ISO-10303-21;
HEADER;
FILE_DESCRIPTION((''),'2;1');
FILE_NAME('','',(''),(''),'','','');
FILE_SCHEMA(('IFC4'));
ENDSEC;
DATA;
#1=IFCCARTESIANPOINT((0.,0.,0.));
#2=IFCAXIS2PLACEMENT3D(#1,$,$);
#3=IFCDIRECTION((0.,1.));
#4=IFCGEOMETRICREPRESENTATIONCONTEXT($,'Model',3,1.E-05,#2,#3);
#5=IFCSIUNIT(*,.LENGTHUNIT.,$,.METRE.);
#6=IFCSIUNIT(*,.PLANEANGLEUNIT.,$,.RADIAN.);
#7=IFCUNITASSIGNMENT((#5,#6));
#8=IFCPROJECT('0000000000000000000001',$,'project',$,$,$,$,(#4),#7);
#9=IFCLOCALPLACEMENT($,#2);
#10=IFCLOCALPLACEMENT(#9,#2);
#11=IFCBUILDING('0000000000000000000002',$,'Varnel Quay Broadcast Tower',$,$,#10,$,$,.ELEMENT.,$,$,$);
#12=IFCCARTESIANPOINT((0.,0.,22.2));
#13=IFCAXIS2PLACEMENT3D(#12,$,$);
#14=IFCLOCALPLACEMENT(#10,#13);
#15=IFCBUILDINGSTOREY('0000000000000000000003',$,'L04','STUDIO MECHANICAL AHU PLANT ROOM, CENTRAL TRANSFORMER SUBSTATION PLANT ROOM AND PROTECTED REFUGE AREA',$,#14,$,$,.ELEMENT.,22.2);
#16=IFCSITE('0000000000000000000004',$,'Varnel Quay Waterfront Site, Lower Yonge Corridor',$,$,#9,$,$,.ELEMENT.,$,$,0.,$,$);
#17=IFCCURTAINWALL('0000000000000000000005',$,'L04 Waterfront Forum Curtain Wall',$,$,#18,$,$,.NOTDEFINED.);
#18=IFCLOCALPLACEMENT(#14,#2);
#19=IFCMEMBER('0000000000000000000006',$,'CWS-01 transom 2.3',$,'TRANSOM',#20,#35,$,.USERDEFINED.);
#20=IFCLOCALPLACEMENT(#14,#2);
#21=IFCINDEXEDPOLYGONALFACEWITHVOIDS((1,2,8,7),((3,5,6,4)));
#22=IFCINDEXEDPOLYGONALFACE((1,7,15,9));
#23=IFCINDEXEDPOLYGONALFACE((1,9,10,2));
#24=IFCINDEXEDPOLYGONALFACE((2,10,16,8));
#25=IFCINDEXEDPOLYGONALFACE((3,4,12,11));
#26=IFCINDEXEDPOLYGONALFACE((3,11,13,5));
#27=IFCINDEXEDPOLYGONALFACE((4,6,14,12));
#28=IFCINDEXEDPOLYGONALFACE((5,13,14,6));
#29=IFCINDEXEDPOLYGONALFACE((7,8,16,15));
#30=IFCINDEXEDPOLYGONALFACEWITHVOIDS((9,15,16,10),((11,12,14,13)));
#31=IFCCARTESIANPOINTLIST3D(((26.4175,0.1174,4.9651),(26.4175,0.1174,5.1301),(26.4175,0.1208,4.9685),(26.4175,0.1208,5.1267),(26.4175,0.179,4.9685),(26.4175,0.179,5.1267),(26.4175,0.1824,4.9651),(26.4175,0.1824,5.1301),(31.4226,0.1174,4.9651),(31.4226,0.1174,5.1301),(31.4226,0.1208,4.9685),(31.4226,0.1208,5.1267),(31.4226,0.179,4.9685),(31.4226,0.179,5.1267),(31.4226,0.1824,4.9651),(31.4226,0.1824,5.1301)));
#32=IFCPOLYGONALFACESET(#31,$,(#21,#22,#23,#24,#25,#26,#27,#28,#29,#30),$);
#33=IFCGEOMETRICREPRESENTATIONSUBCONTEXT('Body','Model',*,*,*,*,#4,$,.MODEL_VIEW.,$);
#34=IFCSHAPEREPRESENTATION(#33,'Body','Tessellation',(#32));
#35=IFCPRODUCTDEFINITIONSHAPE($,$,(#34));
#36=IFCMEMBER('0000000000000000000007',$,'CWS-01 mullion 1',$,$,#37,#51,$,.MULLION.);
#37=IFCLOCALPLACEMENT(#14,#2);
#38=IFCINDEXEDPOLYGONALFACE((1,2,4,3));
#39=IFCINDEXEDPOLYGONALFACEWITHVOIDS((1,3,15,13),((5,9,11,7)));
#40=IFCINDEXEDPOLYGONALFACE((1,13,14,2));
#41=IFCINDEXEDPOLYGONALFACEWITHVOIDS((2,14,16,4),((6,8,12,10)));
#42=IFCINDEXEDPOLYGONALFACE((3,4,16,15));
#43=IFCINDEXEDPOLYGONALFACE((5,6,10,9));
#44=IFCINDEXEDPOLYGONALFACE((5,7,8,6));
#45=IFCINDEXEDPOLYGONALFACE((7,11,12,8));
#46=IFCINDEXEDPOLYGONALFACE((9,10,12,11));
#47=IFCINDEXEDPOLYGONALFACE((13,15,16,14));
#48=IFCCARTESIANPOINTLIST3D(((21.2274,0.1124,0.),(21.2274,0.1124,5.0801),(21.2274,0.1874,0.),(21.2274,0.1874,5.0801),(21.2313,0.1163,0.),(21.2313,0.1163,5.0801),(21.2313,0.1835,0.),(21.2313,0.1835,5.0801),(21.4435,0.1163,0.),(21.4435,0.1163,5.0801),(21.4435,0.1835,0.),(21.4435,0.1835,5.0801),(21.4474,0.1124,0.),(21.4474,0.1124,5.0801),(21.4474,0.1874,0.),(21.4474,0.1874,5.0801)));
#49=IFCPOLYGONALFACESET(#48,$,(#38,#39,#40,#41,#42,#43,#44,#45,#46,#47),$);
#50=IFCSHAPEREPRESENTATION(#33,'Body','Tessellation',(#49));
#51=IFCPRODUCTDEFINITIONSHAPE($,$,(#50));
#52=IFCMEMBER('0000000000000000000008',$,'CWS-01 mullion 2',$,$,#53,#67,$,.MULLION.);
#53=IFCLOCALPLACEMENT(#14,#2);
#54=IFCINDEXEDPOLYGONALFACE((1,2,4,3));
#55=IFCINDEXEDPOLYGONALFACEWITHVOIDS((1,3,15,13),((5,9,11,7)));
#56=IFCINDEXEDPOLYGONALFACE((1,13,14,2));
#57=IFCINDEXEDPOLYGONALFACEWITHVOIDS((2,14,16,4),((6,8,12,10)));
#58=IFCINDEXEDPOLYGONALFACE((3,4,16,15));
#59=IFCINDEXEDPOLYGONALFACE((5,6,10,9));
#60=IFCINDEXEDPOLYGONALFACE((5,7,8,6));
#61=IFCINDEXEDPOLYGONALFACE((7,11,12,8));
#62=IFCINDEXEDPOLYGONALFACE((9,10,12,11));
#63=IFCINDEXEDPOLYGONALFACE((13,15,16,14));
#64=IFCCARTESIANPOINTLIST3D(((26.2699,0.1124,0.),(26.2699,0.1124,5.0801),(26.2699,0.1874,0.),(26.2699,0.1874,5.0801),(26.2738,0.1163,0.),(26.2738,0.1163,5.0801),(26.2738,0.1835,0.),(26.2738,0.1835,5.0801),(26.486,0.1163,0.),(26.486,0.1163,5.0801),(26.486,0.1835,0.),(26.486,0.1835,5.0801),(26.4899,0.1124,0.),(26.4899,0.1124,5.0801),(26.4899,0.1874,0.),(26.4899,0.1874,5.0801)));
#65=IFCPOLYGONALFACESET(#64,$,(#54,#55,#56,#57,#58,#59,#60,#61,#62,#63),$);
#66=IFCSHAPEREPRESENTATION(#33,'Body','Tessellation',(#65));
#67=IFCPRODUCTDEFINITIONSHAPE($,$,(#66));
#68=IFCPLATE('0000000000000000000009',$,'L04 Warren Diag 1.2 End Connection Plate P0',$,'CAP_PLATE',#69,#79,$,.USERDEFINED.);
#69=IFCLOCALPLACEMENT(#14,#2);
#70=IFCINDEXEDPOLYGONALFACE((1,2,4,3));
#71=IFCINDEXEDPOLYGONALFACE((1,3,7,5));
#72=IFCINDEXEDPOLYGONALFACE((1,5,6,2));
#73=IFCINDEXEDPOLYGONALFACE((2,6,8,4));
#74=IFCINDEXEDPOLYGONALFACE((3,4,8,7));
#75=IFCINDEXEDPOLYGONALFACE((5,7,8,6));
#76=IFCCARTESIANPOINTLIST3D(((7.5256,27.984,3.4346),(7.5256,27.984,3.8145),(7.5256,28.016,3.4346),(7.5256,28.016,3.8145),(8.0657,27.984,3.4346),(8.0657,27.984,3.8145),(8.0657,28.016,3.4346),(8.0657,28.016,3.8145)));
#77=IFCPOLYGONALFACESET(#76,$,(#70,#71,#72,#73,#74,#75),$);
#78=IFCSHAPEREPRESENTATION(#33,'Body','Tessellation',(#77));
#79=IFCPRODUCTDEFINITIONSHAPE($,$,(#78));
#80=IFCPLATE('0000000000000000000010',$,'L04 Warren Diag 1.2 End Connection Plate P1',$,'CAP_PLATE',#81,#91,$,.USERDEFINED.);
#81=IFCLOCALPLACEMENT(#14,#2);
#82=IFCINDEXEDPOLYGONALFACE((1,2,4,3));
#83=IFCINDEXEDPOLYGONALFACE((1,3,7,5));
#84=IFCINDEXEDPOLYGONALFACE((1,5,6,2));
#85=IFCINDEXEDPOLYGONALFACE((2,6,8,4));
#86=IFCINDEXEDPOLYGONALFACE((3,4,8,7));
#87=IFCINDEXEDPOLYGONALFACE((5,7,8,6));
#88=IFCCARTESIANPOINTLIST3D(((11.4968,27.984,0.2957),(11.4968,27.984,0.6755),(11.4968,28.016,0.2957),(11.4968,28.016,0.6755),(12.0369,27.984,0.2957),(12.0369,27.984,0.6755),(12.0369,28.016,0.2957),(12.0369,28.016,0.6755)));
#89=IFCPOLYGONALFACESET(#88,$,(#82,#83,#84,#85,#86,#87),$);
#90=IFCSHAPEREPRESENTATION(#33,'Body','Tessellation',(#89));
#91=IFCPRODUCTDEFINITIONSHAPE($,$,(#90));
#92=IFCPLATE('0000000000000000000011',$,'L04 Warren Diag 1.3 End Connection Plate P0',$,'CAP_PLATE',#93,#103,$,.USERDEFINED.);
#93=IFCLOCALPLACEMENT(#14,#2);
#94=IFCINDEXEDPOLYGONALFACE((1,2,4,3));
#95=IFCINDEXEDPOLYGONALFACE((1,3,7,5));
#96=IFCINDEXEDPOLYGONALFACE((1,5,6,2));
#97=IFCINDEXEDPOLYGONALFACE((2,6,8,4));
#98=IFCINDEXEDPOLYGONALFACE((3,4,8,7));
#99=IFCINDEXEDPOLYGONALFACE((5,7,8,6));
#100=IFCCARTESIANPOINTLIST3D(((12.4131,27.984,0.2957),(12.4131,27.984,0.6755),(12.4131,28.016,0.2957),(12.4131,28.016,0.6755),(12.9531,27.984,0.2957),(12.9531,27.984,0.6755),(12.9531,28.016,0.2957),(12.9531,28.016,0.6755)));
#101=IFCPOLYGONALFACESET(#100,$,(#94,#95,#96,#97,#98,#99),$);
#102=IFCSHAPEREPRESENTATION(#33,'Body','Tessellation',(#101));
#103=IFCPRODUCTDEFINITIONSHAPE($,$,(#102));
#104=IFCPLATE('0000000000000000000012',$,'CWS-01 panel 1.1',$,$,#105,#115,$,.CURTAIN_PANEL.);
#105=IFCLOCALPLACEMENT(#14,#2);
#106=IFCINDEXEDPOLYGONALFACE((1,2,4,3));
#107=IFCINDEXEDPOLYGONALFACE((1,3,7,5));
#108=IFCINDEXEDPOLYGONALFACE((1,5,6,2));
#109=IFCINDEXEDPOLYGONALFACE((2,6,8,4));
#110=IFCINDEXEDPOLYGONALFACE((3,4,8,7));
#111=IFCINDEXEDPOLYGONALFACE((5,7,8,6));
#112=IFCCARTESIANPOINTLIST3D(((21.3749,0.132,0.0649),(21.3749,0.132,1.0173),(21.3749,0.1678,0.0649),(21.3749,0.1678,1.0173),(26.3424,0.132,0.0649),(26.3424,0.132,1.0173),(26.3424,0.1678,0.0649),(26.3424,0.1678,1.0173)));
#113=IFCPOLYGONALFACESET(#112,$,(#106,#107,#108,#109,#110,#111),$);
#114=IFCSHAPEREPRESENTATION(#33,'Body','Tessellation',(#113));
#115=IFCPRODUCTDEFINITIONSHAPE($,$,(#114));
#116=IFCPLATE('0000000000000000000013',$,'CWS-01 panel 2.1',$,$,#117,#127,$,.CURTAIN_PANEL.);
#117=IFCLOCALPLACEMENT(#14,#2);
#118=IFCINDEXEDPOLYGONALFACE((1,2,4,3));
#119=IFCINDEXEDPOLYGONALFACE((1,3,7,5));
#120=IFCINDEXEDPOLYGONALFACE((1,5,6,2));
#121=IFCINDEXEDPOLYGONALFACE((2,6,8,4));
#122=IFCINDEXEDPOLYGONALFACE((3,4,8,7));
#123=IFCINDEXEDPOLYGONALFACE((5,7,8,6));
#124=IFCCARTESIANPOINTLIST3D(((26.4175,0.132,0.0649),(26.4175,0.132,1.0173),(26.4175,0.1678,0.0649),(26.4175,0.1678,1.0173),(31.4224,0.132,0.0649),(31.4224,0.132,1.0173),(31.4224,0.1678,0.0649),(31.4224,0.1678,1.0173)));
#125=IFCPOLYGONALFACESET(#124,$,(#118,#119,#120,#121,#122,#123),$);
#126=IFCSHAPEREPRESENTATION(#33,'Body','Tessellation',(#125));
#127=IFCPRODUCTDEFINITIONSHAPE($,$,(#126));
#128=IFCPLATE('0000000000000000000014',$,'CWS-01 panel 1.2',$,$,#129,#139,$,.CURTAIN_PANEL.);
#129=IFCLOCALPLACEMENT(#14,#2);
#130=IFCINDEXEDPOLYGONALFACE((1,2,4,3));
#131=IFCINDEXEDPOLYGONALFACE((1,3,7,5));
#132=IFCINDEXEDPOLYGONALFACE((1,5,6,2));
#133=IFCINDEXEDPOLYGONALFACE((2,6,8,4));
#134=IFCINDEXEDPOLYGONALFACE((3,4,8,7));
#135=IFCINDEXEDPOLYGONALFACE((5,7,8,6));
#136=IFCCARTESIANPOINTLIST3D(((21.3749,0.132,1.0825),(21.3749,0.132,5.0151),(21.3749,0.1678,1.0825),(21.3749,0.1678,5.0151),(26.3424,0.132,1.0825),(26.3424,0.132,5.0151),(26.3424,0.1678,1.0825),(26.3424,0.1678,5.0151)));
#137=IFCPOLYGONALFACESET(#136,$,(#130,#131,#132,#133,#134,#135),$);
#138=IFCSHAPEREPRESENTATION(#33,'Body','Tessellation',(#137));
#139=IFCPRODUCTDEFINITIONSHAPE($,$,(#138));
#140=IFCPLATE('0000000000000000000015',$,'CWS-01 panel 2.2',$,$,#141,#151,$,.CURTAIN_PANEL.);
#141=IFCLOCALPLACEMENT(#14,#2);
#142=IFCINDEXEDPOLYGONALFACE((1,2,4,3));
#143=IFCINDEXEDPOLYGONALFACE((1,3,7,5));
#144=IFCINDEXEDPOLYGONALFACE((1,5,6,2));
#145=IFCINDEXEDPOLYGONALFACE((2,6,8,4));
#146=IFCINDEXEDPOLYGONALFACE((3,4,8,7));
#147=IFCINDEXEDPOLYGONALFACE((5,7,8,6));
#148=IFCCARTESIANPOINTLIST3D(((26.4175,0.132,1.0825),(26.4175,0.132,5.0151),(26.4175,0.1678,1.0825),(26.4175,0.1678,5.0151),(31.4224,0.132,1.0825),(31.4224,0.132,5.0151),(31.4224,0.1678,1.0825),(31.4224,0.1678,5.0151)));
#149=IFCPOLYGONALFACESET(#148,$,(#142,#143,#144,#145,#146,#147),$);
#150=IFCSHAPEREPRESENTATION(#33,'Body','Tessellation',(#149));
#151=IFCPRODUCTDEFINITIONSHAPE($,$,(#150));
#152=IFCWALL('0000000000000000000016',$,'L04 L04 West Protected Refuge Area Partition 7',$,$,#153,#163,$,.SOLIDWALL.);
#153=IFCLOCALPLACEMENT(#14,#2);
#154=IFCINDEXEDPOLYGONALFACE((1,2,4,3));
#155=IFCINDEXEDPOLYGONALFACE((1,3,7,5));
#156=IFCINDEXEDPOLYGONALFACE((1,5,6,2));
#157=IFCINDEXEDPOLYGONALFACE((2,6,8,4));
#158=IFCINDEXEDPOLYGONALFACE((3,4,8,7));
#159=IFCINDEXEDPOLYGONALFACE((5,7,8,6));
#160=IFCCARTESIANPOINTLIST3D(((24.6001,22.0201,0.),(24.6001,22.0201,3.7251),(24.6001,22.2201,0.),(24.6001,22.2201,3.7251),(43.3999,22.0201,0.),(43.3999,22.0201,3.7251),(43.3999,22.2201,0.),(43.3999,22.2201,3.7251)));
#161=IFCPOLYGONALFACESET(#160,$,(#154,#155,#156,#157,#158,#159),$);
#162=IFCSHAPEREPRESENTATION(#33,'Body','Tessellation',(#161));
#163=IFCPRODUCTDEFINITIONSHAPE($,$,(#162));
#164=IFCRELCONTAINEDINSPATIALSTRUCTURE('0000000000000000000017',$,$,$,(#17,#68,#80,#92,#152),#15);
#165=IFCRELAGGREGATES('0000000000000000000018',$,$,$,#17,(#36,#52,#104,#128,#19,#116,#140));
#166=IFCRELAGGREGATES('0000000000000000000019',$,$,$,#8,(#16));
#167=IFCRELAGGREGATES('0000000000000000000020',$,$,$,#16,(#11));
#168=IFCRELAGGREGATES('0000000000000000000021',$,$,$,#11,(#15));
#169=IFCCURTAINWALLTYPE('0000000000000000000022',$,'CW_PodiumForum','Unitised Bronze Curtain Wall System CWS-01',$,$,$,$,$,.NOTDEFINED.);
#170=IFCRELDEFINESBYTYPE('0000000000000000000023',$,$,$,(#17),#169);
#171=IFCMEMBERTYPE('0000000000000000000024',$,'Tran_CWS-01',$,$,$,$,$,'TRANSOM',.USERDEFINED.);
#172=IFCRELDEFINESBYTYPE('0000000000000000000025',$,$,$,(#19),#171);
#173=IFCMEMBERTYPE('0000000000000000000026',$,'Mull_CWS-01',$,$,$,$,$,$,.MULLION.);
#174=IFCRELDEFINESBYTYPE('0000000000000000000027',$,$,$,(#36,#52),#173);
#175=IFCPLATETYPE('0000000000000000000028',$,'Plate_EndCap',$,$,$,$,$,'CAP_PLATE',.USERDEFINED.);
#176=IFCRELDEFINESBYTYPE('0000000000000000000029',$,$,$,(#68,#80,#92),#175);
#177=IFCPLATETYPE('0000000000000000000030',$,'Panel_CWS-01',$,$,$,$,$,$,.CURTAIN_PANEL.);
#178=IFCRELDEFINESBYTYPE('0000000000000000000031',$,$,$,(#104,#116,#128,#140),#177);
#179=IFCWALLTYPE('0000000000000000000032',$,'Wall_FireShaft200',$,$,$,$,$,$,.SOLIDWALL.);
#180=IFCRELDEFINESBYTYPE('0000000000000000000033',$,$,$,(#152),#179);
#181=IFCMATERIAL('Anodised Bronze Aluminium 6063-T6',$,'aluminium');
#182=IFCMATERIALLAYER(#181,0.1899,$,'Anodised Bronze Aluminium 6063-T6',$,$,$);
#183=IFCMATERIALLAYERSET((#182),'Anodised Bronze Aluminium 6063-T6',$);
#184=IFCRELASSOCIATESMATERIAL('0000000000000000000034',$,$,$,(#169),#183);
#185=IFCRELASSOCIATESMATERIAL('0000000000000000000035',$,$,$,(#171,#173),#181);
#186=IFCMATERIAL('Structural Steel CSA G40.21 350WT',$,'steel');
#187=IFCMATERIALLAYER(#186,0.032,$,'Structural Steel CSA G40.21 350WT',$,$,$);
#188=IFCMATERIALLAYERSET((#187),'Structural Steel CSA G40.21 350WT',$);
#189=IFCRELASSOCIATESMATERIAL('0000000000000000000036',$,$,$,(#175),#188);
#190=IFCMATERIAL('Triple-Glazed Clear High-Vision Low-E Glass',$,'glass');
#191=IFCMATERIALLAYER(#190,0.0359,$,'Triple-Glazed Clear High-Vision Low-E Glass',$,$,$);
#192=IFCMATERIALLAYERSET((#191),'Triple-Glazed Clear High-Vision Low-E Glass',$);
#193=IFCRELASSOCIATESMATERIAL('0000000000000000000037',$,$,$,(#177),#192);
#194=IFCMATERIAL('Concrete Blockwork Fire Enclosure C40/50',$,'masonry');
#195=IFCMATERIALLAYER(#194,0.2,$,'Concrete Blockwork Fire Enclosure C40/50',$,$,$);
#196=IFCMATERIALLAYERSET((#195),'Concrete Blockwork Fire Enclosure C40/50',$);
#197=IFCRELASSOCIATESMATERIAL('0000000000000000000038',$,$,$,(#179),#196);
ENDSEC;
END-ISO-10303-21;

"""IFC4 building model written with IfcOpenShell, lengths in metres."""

from ifc_helpers import new_model, si_unit, direction, frame, frame_2d, origin, origin_2d, place, context, subcontext, project, spatial, rectangle, hollow_rectangle, extrude, source, transform, mapped, material, layer, layer_set, material_profile, profile_set, type_object, type_shapes, element, aggregate, save


model = new_model("IFC4")

# Units and contexts
model_context = context("Model", 3, precision=1e-05, world=origin(), true_north=direction((0.0, 1.0)))
body_context = subcontext(model_context, "Body", "Model", "MODEL_VIEW")
ifc_project = project(units=[si_unit("LENGTHUNIT", "METRE"), si_unit("PLANEANGLEUNIT", "RADIAN")], contexts=[model_context])

# Site, building, storey
site_placement = place(None, origin())
site = spatial("IfcSite", under=ifc_project, at=site_placement, Name="Varnel Quay Waterfront Site, Lower Yonge Corridor", CompositionType="ELEMENT", RefElevation=0.0)
building_placement = place(site_placement, origin())
building = spatial("IfcBuilding", under=site, at=building_placement, Name="Varnel Quay Broadcast Tower", CompositionType="ELEMENT")
storey_placement = place(building_placement, frame((0.0, 0.0, 22.2)))
storey = spatial("IfcBuildingStorey", under=building, at=storey_placement, Name="L04", Description="STUDIO MECHANICAL AHU PLANT ROOM, CENTRAL TRANSFORMER SUBSTATION PLANT ROOM AND PROTECTED REFUGE AREA", CompositionType="ELEMENT", Elevation=22.2)

# Shared definitions
ifc_material_1 = material(Name="Structural Steel CSA G40.21 350WT", Category="steel")

# Curtain wall, members
ifc_material_2 = material(Name="Anodised Bronze Aluminium 6063-T6", Category="aluminium")
ifc_layer_1 = layer(ifc_material_2, 0.1899, Name="Anodised Bronze Aluminium 6063-T6")
ifc_layer_set_1 = layer_set([ifc_layer_1], Name="Anodised Bronze Aluminium 6063-T6")
curtain_wall_type = type_object("IfcCurtainWallType", Name="CW_PodiumForum", Description="Unitised Bronze Curtain Wall System CWS-01", PredefinedType="NOTDEFINED", material=ifc_layer_set_1)
curtain_wall_placement = place(storey_placement, origin())
curtain_wall = element("IfcCurtainWall", 1, at=curtain_wall_placement, inside=storey, type_object=curtain_wall_type, Name="L04 Waterfront Forum Curtain Wall", PredefinedType="NOTDEFINED")
ifc_material_profile_1 = material_profile(ifc_material_2, hollow_rectangle(XDim=0.0649, YDim=0.165, WallThickness=0.0034, at=origin_2d()), Name="ALU65X165X3.5")
ifc_profile_set_1 = profile_set([ifc_material_profile_1], Name="Anodised Bronze Aluminium 6063-T6")
member_type_1 = type_object("IfcMemberType", Name="Tran_CWS-01", ElementType="TRANSOM", PredefinedType="USERDEFINED", material=ifc_profile_set_1)
shared_shape_1 = source(origin(), body_context, "Body", "SweptSolid", [
    extrude(hollow_rectangle(XDim=0.0649, YDim=0.165, WallThickness=0.0034, at=origin_2d()), origin(), (0.0, 0.0, 1.0), 5.0051),
])
member_1_placement = place(storey_placement, frame((26.4175, 0.1499, 5.0476), z_axis=(1.0, 0.0, 0.0), x_axis=(0.0, 1.0, 0.0)))
member_1 = element("IfcMember", 2, at=member_1_placement, type_object=member_type_1, Name="CWS-01 transom 2.3", ObjectType="TRANSOM", PredefinedType="USERDEFINED", context=body_context, shape_type="MappedRepresentation", body=[
    mapped(shared_shape_1, transform((0.0, 0.0, 0.0), x_axis=(1.0, 0.0, 0.0), y_axis=(0.0, 1.0, 0.0), z_axis=(0.0, 0.0, 1.0), scale=1.0)),
])
ifc_material_profile_2 = material_profile(ifc_material_2, hollow_rectangle(XDim=0.075, YDim=0.22, WallThickness=0.0039, at=origin_2d()), Name="ALU75X220X4")
ifc_profile_set_2 = profile_set([ifc_material_profile_2], Name="Anodised Bronze Aluminium 6063-T6")
member_type_2 = type_object("IfcMemberType", Name="Mull_CWS-01", PredefinedType="MULLION", material=ifc_profile_set_2)
shared_shape_2 = source(origin(), body_context, "Body", "SweptSolid", [
    extrude(hollow_rectangle(XDim=0.075, YDim=0.22, WallThickness=0.0039, at=origin_2d()), origin(), (0.0, 0.0, 1.0), 5.0801),
])
type_shapes(member_type_2, [shared_shape_2])
member_2_placement = place(storey_placement, frame((21.3374, 0.1499, 0.0), z_axis=(0.0, 0.0, 1.0), x_axis=(0.0, 1.0, 0.0)))
member_2 = element("IfcMember", 3, at=member_2_placement, type_object=member_type_2, Name="CWS-01 mullion 1", PredefinedType="MULLION", context=body_context, shape_type="MappedRepresentation", body=[
    mapped(shared_shape_2, transform((0.0, 0.0, 0.0), x_axis=(1.0, 0.0, 0.0), y_axis=(0.0, 1.0, 0.0), z_axis=(0.0, 0.0, 1.0), scale=1.0)),
])
member_3_placement = place(storey_placement, frame((26.3799, 0.1499, 0.0), z_axis=(0.0, 0.0, 1.0), x_axis=(0.0, 1.0, 0.0)))
member_3 = element("IfcMember", 4, at=member_3_placement, type_object=member_type_2, Name="CWS-01 mullion 2", PredefinedType="MULLION", context=body_context, shape_type="MappedRepresentation", body=[
    mapped(shared_shape_2, transform((0.0, 0.0, 0.0), x_axis=(1.0, 0.0, 0.0), y_axis=(0.0, 1.0, 0.0), z_axis=(0.0, 0.0, 1.0), scale=1.0)),
])

# Plates
ifc_layer_2 = layer(ifc_material_1, 0.032, Name="Structural Steel CSA G40.21 350WT")
ifc_layer_set_2 = layer_set([ifc_layer_2], Name="Structural Steel CSA G40.21 350WT")
plate_type_1 = type_object("IfcPlateType", Name="Plate_EndCap", ElementType="CAP_PLATE", PredefinedType="USERDEFINED", material=ifc_layer_set_2)
shared_shape_3 = source(origin(), body_context, "Body", "SweptSolid", [
    extrude(rectangle(XDim=0.54, YDim=0.032, at=origin_2d()), origin(), (0.0, 0.0, 1.0), 0.3799),
])
type_shapes(plate_type_1, [shared_shape_3])
for number, where, z_axis, x_axis, name in (
    (5, (7.7957, 28.0, 3.4346), (0.0, 0.0, 1.0), (1.0, 0.0, 0.0), "L04 Warren Diag 1.2 End Connection Plate P0"),
    (6, (11.7668, 28.0, 0.2957), (0.0, 0.0, 1.0), (1.0, 0.0, 0.0), "L04 Warren Diag 1.2 End Connection Plate P1"),
    (7, (12.6831, 28.0, 0.2957), (0.0, 0.0, 1.0), (1.0, 0.0, 0.0), "L04 Warren Diag 1.3 End Connection Plate P0"),
):
    element("IfcPlate", number, at=place(storey_placement, frame(where, z_axis=z_axis, x_axis=x_axis)), inside=storey, type_object=plate_type_1, Name=name, ObjectType="CAP_PLATE", PredefinedType="USERDEFINED", context=body_context, shape_type="MappedRepresentation", body=[
        mapped(shared_shape_3, transform((0.0, 0.0, 0.0), x_axis=(1.0, 0.0, 0.0), y_axis=(0.0, 1.0, 0.0), z_axis=(0.0, 0.0, 1.0), scale=1.0)),
    ])

# Plates
ifc_material_3 = material(Name="Triple-Glazed Clear High-Vision Low-E Glass", Category="glass")
ifc_layer_3 = layer(ifc_material_3, 0.0359, Name="Triple-Glazed Clear High-Vision Low-E Glass")
ifc_layer_set_3 = layer_set([ifc_layer_3], Name="Triple-Glazed Clear High-Vision Low-E Glass")
plate_type_2 = type_object("IfcPlateType", Name="Panel_CWS-01", PredefinedType="CURTAIN_PANEL", material=ifc_layer_set_3)
shared_shape_4 = source(origin(), body_context, "Body", "SweptSolid", [
    extrude(rectangle(XDim=4.9675, YDim=0.0359, at=origin_2d()), origin(), (0.0, 0.0, 1.0), 0.9524),
])
plate_1_placement = place(storey_placement, frame((23.8586, 0.1499, 0.0649), z_axis=(0.0, 0.0, 1.0), x_axis=(1.0, 0.0, 0.0)))
plate_1 = element("IfcPlate", 8, at=plate_1_placement, type_object=plate_type_2, Name="CWS-01 panel 1.1", PredefinedType="CURTAIN_PANEL", context=body_context, shape_type="MappedRepresentation", body=[
    mapped(shared_shape_4, transform((0.0, 0.0, 0.0), x_axis=(1.0, 0.0, 0.0), y_axis=(0.0, 1.0, 0.0), z_axis=(0.0, 0.0, 1.0), scale=1.0)),
])
shared_shape_5 = source(origin(), body_context, "Body", "SweptSolid", [
    extrude(rectangle(XDim=5.0049, YDim=0.0359, at=origin_2d()), origin(), (0.0, 0.0, 1.0), 0.9524),
])
plate_2_placement = place(storey_placement, frame((28.9199, 0.1499, 0.0649), z_axis=(0.0, 0.0, 1.0), x_axis=(1.0, 0.0, 0.0)))
plate_2 = element("IfcPlate", 9, at=plate_2_placement, type_object=plate_type_2, Name="CWS-01 panel 2.1", PredefinedType="CURTAIN_PANEL", context=body_context, shape_type="MappedRepresentation", body=[
    mapped(shared_shape_5, transform((0.0, 0.0, 0.0), x_axis=(1.0, 0.0, 0.0), y_axis=(0.0, 1.0, 0.0), z_axis=(0.0, 0.0, 1.0), scale=1.0)),
])
shared_shape_6 = source(origin(), body_context, "Body", "SweptSolid", [
    extrude(rectangle(XDim=4.9675, YDim=0.0359, at=origin_2d()), origin(), (0.0, 0.0, 1.0), 3.9326),
])
plate_3_placement = place(storey_placement, frame((23.8586, 0.1499, 1.0825), z_axis=(0.0, 0.0, 1.0), x_axis=(1.0, 0.0, 0.0)))
plate_3 = element("IfcPlate", 10, at=plate_3_placement, type_object=plate_type_2, Name="CWS-01 panel 1.2", PredefinedType="CURTAIN_PANEL", context=body_context, shape_type="MappedRepresentation", body=[
    mapped(shared_shape_6, transform((0.0, 0.0, 0.0), x_axis=(1.0, 0.0, 0.0), y_axis=(0.0, 1.0, 0.0), z_axis=(0.0, 0.0, 1.0), scale=1.0)),
])
shared_shape_7 = source(origin(), body_context, "Body", "SweptSolid", [
    extrude(rectangle(XDim=5.0049, YDim=0.0359, at=origin_2d()), origin(), (0.0, 0.0, 1.0), 3.9326),
])
type_shapes(plate_type_2, [shared_shape_4, shared_shape_5, shared_shape_6, shared_shape_7])
plate_4_placement = place(storey_placement, frame((28.9199, 0.1499, 1.0825), z_axis=(0.0, 0.0, 1.0), x_axis=(1.0, 0.0, 0.0)))
plate_4 = element("IfcPlate", 11, at=plate_4_placement, type_object=plate_type_2, Name="CWS-01 panel 2.2", PredefinedType="CURTAIN_PANEL", context=body_context, shape_type="MappedRepresentation", body=[
    mapped(shared_shape_7, transform((0.0, 0.0, 0.0), x_axis=(1.0, 0.0, 0.0), y_axis=(0.0, 1.0, 0.0), z_axis=(0.0, 0.0, 1.0), scale=1.0)),
])
aggregate(curtain_wall, [member_2, member_3, plate_1, plate_3, member_1, plate_2, plate_4])

# Wall
ifc_material_4 = material(Name="Concrete Blockwork Fire Enclosure C40/50", Category="masonry")
ifc_layer_4 = layer(ifc_material_4, 0.2, Name="Concrete Blockwork Fire Enclosure C40/50")
ifc_layer_set_4 = layer_set([ifc_layer_4], Name="Concrete Blockwork Fire Enclosure C40/50")
wall_type = type_object("IfcWallType", Name="Wall_FireShaft200", PredefinedType="SOLIDWALL", material=ifc_layer_set_4)
wall_1_placement = place(storey_placement, frame((24.6001, 22.1201, 0.0), z_axis=(0.0, 0.0, 1.0), x_axis=(1.0, 0.0, 0.0)))
element("IfcWall", 12, at=wall_1_placement, inside=storey, type_object=wall_type, Name="L04 L04 West Protected Refuge Area Partition 7", PredefinedType="SOLIDWALL", context=body_context, shape_type="SweptSolid", body=[
    extrude(rectangle(XDim=18.7998, YDim=0.2, at=frame_2d((9.3999, 0.0))), origin(), (0.0, 0.0, 1.0), 3.7251),
])

save(model, "model.ifc")
